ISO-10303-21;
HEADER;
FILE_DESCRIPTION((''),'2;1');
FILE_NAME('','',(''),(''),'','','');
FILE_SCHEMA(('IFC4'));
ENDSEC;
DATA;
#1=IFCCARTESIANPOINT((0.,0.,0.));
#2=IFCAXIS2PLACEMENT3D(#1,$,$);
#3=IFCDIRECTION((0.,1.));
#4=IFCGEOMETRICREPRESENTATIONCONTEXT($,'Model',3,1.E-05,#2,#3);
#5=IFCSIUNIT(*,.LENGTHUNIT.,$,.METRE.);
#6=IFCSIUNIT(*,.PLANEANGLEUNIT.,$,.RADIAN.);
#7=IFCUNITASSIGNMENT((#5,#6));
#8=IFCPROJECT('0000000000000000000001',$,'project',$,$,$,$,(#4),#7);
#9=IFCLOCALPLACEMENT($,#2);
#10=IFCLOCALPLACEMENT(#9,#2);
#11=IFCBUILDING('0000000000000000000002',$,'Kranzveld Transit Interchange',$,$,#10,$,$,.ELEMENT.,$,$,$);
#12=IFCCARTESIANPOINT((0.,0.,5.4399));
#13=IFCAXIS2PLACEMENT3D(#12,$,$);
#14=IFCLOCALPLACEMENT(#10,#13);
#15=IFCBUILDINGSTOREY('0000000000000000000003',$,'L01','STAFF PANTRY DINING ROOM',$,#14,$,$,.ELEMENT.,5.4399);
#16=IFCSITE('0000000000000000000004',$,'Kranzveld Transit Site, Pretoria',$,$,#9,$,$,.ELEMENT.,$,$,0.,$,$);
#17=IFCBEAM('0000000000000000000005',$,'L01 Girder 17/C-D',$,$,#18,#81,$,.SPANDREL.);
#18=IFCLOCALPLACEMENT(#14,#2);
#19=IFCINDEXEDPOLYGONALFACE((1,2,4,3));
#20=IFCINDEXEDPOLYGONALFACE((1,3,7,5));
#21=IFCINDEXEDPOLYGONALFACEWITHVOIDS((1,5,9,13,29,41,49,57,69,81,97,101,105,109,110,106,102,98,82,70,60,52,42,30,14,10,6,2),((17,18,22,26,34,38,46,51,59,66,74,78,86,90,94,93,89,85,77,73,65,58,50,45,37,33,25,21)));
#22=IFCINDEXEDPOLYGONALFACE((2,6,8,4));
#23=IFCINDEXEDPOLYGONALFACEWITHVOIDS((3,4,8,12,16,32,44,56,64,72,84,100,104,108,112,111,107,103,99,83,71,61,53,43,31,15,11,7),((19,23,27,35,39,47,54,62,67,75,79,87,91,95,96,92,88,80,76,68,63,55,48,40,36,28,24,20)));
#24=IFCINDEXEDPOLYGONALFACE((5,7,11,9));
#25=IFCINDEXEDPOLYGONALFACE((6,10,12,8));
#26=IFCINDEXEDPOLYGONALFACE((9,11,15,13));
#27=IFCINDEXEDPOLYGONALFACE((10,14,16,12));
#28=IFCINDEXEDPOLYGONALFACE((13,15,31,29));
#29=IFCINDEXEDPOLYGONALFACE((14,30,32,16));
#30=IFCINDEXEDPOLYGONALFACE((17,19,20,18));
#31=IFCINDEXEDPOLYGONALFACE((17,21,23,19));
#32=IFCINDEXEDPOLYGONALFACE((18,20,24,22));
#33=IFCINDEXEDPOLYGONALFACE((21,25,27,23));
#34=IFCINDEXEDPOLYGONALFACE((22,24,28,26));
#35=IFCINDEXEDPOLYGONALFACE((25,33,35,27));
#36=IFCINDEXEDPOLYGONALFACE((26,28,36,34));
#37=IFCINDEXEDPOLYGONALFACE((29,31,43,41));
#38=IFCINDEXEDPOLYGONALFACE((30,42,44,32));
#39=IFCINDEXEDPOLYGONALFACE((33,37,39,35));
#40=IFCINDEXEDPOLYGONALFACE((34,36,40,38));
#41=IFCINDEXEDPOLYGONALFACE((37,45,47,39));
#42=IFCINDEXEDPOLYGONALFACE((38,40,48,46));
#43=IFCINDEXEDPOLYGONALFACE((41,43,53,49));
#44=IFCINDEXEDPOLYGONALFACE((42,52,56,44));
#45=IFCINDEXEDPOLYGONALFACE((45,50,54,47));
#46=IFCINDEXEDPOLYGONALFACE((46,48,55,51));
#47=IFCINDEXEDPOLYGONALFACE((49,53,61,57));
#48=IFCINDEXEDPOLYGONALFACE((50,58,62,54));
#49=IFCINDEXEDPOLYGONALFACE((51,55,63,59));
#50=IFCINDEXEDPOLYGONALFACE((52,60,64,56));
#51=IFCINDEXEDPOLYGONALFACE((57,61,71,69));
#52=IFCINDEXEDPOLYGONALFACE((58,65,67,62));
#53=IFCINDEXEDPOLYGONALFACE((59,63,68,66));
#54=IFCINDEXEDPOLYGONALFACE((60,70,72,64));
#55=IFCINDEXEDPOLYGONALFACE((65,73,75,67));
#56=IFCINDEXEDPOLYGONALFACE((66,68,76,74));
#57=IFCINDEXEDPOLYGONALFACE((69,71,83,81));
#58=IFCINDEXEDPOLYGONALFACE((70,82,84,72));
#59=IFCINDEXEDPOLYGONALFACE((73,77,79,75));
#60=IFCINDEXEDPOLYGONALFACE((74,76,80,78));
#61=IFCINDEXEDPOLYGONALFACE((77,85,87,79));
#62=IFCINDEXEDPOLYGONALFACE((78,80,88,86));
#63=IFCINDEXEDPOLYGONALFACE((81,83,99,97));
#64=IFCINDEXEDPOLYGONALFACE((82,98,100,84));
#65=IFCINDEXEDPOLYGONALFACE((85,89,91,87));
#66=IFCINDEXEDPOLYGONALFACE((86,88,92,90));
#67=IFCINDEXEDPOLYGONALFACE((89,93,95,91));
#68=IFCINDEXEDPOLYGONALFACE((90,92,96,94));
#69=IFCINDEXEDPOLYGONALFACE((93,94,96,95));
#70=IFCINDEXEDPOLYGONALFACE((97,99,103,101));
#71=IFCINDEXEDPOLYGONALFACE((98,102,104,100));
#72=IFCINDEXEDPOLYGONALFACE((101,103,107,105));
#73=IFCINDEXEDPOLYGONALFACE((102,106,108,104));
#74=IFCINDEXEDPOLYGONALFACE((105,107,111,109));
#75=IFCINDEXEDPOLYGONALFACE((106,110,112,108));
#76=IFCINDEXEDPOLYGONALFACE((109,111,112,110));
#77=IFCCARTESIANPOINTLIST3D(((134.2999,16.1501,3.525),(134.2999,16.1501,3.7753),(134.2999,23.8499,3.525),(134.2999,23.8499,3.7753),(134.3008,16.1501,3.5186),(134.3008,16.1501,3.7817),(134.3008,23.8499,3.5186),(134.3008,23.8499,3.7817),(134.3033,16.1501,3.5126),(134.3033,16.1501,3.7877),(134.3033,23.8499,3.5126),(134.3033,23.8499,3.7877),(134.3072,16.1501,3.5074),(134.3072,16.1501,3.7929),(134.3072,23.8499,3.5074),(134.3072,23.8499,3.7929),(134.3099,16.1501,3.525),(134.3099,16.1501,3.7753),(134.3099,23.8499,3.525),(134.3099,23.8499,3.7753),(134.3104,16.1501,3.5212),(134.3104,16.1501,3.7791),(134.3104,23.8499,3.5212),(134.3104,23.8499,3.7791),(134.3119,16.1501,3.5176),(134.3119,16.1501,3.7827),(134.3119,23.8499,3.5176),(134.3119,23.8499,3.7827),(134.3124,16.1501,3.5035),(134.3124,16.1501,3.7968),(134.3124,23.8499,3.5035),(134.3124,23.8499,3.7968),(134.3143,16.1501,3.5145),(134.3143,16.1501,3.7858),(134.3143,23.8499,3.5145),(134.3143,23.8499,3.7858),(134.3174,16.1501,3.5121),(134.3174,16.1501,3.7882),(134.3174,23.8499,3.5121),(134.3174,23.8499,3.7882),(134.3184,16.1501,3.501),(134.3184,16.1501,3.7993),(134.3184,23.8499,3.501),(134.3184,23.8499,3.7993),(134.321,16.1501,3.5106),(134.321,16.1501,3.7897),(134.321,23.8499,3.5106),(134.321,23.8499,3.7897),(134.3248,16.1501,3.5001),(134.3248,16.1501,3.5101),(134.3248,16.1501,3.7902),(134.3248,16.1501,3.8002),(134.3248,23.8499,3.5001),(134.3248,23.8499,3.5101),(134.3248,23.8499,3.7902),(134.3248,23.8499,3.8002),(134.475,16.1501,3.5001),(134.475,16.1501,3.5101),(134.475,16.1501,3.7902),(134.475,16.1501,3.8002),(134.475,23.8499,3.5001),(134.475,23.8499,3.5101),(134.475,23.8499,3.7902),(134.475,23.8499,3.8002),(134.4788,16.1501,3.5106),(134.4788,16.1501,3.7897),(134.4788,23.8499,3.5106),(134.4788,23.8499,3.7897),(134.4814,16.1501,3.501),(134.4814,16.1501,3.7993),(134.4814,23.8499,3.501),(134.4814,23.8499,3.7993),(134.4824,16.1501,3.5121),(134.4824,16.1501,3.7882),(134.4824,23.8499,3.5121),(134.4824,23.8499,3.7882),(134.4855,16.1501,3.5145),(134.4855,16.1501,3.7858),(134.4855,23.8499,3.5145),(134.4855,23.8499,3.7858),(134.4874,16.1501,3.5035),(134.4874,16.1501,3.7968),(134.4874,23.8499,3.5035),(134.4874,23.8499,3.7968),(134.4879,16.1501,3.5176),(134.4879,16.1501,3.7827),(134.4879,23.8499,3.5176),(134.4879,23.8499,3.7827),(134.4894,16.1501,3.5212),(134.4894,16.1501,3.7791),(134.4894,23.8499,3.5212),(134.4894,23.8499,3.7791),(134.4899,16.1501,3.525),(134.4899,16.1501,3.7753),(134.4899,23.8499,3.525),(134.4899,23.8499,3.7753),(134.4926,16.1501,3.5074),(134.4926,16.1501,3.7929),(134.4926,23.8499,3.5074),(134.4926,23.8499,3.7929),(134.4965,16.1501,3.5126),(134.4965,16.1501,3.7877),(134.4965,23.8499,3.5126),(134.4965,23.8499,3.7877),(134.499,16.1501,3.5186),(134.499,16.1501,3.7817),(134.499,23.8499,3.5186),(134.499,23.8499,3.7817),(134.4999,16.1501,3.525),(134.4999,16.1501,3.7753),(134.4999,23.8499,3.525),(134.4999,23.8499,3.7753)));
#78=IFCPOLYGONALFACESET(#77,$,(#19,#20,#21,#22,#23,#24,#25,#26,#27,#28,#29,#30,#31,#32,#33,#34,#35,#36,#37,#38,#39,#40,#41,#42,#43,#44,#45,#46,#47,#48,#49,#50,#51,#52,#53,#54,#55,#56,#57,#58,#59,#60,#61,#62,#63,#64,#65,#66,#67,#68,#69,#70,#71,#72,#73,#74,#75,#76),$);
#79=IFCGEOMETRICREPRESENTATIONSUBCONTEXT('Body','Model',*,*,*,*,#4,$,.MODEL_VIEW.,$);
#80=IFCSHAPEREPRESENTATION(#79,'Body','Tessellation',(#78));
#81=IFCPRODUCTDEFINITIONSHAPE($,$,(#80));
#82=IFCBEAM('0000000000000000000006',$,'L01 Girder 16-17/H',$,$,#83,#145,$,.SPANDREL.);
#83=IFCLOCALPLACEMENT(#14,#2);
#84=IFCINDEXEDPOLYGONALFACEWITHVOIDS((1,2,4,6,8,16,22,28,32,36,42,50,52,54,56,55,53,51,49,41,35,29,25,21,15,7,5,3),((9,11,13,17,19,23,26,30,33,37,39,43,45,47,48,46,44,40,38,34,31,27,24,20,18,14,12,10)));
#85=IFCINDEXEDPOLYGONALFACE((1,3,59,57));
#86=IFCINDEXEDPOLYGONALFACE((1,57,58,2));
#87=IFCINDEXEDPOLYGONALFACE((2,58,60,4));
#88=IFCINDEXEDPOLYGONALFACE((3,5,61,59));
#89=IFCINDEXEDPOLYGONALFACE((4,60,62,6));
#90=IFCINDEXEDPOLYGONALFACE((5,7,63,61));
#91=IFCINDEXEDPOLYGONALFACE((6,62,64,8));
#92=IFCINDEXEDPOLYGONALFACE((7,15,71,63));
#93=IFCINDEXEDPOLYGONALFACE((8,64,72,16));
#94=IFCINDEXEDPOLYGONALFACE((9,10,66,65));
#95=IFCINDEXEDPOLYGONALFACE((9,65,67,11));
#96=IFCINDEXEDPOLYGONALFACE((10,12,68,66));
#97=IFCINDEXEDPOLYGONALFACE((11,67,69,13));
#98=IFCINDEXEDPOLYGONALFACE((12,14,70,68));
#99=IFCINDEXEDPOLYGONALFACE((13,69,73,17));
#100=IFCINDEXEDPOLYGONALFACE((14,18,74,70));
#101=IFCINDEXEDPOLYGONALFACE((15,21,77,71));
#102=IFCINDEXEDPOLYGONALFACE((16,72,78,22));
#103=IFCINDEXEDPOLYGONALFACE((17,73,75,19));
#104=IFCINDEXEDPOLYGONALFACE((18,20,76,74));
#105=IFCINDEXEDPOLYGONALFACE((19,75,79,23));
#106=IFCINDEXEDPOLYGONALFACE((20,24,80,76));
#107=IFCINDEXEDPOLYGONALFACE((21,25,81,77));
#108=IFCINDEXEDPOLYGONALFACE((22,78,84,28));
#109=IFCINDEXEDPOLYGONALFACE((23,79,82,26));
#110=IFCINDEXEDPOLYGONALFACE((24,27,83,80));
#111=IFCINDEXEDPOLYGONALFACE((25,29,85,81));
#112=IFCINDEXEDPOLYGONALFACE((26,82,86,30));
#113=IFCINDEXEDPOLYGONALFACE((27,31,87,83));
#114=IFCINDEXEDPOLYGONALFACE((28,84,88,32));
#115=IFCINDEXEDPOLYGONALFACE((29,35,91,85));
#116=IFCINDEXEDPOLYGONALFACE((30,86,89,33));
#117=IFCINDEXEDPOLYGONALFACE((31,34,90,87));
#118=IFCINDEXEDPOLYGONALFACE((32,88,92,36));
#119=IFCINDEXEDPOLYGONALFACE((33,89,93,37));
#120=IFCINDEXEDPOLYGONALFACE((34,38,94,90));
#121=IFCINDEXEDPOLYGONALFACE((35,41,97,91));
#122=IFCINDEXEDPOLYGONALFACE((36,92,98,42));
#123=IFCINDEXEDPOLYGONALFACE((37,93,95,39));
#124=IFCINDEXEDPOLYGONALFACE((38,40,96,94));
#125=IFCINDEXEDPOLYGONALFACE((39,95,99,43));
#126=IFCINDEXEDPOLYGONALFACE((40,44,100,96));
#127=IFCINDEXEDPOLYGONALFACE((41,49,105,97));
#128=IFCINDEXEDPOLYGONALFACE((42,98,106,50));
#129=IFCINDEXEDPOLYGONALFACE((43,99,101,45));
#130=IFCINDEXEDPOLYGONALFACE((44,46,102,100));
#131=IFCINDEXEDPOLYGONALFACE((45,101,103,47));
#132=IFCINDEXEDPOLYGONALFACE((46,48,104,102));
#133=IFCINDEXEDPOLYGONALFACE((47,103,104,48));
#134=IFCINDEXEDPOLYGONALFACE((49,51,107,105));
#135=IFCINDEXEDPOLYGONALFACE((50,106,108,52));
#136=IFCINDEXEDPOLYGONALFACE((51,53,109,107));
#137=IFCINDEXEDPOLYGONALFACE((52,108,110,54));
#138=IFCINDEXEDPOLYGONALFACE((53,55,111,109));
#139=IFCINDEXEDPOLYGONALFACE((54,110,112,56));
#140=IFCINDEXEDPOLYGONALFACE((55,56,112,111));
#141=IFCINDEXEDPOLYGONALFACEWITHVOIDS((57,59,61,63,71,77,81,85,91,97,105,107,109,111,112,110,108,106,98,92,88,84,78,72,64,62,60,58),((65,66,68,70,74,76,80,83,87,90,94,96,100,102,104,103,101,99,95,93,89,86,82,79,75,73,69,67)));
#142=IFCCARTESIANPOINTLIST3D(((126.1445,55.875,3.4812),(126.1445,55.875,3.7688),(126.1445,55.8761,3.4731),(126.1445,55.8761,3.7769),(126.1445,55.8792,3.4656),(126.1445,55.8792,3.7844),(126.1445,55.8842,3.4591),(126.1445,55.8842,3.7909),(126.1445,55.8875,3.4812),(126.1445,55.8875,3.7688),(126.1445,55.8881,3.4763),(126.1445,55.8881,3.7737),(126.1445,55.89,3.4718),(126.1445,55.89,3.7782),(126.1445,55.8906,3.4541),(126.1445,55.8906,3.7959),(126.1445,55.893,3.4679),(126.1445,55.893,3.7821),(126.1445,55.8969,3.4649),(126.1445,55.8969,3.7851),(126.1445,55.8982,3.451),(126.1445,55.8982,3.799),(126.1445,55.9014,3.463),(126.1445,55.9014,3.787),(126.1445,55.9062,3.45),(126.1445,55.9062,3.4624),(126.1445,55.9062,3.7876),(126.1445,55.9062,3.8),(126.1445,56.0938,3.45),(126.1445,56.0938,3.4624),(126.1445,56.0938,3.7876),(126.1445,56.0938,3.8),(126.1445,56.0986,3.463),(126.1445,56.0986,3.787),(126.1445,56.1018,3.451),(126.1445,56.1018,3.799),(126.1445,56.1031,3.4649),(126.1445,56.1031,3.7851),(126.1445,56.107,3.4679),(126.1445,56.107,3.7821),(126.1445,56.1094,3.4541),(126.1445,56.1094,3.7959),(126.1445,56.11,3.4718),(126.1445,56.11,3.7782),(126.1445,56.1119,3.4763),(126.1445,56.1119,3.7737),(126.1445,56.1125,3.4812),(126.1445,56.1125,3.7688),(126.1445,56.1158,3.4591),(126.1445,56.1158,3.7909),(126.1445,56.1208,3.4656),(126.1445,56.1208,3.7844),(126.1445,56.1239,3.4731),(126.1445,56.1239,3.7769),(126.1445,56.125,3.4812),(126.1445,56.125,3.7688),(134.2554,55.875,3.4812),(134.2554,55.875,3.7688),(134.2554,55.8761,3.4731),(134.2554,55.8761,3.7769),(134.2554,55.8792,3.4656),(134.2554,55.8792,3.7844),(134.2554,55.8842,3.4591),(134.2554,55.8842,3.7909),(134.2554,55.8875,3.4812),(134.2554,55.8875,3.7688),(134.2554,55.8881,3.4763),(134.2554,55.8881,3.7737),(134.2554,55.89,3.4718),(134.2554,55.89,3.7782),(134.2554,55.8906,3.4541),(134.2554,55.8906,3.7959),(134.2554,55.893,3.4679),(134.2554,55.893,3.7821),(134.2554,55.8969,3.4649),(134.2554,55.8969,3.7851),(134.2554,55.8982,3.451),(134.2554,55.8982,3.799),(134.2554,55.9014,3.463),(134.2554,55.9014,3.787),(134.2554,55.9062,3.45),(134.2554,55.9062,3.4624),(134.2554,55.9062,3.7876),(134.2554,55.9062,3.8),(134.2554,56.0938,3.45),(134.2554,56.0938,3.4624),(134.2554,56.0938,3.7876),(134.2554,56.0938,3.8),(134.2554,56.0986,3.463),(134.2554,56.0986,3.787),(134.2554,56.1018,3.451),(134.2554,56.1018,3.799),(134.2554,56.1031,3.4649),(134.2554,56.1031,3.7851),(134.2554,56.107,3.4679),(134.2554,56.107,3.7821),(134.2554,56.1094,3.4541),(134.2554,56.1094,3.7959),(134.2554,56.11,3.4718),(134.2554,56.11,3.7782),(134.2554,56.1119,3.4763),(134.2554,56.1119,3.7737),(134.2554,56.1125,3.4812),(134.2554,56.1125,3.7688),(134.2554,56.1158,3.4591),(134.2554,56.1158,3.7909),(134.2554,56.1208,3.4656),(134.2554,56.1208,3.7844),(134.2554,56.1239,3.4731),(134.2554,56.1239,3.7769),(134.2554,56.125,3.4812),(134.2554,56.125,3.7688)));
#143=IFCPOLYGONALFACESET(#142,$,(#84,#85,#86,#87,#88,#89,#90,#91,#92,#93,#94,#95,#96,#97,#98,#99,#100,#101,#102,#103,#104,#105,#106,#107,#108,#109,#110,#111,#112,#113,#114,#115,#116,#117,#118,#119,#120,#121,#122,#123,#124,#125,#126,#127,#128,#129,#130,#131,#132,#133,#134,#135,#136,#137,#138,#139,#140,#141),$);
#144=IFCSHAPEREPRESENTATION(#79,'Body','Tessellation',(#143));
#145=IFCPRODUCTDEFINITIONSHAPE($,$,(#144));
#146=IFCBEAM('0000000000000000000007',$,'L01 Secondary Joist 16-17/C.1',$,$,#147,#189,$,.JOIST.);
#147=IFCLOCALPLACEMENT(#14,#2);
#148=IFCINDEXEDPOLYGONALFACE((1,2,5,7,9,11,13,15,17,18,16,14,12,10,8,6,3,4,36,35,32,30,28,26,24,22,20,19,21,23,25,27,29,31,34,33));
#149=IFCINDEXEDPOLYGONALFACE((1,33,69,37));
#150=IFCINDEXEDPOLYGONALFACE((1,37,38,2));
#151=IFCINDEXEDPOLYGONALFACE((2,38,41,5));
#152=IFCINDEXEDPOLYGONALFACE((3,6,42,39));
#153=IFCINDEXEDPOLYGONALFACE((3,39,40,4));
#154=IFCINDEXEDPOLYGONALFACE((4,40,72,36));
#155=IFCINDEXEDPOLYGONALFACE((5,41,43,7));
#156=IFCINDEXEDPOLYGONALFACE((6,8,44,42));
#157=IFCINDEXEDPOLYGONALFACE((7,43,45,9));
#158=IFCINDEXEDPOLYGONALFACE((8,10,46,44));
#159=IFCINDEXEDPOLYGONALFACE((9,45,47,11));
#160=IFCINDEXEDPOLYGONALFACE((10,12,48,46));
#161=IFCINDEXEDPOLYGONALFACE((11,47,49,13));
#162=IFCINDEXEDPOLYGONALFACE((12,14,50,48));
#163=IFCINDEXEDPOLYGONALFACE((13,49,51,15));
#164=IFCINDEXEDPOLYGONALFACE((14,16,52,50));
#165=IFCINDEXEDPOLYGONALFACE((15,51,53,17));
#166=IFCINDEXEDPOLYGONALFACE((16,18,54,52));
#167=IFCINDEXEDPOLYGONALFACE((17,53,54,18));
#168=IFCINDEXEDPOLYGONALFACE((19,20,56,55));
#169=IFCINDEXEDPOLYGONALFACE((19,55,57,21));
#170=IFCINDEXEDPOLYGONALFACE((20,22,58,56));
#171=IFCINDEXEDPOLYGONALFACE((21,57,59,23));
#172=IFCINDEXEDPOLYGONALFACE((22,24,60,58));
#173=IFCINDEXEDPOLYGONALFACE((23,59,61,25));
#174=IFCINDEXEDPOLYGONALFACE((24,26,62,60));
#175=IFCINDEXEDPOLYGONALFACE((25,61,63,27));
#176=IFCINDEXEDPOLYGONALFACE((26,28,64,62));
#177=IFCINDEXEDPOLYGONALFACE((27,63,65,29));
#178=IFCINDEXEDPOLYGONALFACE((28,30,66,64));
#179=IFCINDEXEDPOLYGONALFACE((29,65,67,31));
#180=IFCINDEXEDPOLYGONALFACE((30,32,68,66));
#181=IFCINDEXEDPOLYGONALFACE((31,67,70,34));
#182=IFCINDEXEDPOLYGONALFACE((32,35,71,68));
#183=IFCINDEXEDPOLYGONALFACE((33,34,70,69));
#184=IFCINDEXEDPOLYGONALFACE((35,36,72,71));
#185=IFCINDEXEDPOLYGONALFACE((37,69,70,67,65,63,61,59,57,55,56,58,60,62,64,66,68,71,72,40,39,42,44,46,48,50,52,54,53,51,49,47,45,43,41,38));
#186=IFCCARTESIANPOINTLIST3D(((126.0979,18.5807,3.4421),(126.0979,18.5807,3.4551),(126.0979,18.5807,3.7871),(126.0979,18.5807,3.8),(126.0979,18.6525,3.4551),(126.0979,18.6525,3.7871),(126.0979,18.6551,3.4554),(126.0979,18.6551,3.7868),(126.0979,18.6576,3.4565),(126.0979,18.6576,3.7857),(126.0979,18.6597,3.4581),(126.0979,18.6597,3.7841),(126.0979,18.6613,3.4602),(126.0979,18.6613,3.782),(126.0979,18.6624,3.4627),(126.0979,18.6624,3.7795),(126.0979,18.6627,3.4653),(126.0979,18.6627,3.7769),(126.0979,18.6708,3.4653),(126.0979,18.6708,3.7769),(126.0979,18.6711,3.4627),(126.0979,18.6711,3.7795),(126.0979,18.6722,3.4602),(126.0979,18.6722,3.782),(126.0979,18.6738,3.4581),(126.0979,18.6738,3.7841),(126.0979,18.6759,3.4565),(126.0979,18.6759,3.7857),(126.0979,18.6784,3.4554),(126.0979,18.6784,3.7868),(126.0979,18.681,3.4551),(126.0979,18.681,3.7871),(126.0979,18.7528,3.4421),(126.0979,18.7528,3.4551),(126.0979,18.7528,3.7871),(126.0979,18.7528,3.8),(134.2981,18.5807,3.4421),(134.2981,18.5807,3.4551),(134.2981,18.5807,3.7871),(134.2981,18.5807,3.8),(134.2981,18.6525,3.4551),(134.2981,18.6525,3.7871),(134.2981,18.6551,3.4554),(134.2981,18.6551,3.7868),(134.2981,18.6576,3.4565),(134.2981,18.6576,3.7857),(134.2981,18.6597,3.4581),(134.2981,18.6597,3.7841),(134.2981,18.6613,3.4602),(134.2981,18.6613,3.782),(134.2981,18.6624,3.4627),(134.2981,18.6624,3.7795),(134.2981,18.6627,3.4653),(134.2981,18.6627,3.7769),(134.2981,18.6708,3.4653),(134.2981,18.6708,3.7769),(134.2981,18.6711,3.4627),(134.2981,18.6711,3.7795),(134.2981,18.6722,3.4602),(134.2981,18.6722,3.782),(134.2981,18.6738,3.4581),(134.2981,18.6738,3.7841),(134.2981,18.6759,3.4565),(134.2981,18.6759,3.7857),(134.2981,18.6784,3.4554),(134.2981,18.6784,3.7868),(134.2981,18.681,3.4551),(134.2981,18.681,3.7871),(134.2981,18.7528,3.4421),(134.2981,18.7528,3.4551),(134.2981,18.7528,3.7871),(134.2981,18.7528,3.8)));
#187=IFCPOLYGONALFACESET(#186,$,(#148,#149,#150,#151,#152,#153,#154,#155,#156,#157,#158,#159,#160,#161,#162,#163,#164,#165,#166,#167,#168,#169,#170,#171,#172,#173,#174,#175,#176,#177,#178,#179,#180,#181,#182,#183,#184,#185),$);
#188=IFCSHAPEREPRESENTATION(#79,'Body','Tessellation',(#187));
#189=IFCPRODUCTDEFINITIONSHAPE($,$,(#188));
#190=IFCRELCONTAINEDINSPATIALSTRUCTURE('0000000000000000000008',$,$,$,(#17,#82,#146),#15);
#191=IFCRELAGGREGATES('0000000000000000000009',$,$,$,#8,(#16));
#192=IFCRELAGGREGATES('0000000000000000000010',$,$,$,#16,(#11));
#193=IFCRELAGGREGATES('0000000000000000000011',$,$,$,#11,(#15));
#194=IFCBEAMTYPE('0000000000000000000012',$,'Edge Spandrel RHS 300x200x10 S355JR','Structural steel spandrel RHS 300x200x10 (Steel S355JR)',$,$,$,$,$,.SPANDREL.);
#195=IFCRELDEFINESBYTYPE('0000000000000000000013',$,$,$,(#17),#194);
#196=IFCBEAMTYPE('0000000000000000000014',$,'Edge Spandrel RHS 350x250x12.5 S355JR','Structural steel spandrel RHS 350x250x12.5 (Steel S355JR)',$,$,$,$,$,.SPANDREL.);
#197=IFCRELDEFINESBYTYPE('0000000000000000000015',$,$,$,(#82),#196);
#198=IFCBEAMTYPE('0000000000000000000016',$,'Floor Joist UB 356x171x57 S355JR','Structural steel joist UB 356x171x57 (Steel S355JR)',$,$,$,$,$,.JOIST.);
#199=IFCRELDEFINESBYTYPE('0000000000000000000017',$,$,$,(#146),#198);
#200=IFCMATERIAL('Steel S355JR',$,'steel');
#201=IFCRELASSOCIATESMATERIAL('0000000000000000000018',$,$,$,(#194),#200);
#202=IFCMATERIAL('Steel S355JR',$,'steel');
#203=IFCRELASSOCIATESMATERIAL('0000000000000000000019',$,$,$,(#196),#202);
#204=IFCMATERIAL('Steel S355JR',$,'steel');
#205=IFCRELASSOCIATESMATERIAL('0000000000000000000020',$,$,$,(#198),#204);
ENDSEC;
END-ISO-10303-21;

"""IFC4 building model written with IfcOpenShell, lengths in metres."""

from ifc_helpers import new_model, si_unit, direction, frame, origin, origin_2d, place, context, subcontext, project, spatial, hollow_rectangle, i_section, extrude, material, material_profile, profile_set, type_object, element, save


model = new_model("IFC4")

# Units and contexts
model_context = context("Model", 3, precision=1e-05, world=origin(), true_north=direction((0.0, 1.0)))
body_context = subcontext(model_context, "Body", "Model", "MODEL_VIEW")
ifc_project = project(units=[si_unit("LENGTHUNIT", "METRE"), si_unit("PLANEANGLEUNIT", "RADIAN")], contexts=[model_context])

# Site, building, storey
site_placement = place(None, origin())
site = spatial("IfcSite", under=ifc_project, at=site_placement, Name="Kranzveld Transit Site, Pretoria", CompositionType="ELEMENT", RefElevation=0.0)
building_placement = place(site_placement, origin())
building = spatial("IfcBuilding", under=site, at=building_placement, Name="Kranzveld Transit Interchange", CompositionType="ELEMENT")
storey_placement = place(building_placement, frame((0.0, 0.0, 5.4399)))
storey = spatial("IfcBuildingStorey", under=building, at=storey_placement, Name="L01", Description="STAFF PANTRY DINING ROOM", CompositionType="ELEMENT", Elevation=5.4399)

# Beams
ifc_material_1 = material(Name="Steel S355JR", Category="steel")
ifc_material_profile_1 = material_profile(ifc_material_1, hollow_rectangle(XDim=0.2, YDim=0.3, WallThickness=0.01, InnerFilletRadius=0.0149, OuterFilletRadius=0.0249, at=origin_2d()), Name="RHS 300x200x10")
ifc_profile_set_1 = profile_set([ifc_material_profile_1], Name="Steel S355JR")
beam_type_1 = type_object("IfcBeamType", Name="Edge Spandrel RHS 300x200x10 S355JR", Description="Structural steel spandrel RHS 300x200x10 (Steel S355JR)", PredefinedType="SPANDREL", material=ifc_profile_set_1)
beam_1_placement = place(storey_placement, frame((134.3999, 16.1501, 3.6501), z_axis=(0.0, 1.0, 0.0), x_axis=(-1.0, 0.0, 0.0)))
element("IfcBeam", 1, at=beam_1_placement, inside=storey, type_object=beam_type_1, Name="L01 Girder 17/C-D", PredefinedType="SPANDREL", context=body_context, shape_type="SweptSolid", body=[
    extrude(hollow_rectangle(XDim=0.2, YDim=0.3, WallThickness=0.01, InnerFilletRadius=0.0149, OuterFilletRadius=0.0249, at=origin_2d()), origin(), (0.0, 0.0, 1.0), 7.6997),
])
ifc_material_2 = material(Name="Steel S355JR", Category="steel")
ifc_material_profile_2 = material_profile(ifc_material_2, hollow_rectangle(XDim=0.25, YDim=0.3501, WallThickness=0.0125, InnerFilletRadius=0.0188, OuterFilletRadius=0.0312, at=origin_2d()), Name="RHS 350x250x12.5")
ifc_profile_set_2 = profile_set([ifc_material_profile_2], Name="Steel S355JR")
beam_type_2 = type_object("IfcBeamType", Name="Edge Spandrel RHS 350x250x12.5 S355JR", Description="Structural steel spandrel RHS 350x250x12.5 (Steel S355JR)", PredefinedType="SPANDREL", material=ifc_profile_set_2)
beam_2_placement = place(storey_placement, frame((126.1445, 56.0, 3.625), z_axis=(1.0, 0.0, 0.0), x_axis=(0.0, 1.0, 0.0)))
element("IfcBeam", 2, at=beam_2_placement, inside=storey, type_object=beam_type_2, Name="L01 Girder 16-17/H", PredefinedType="SPANDREL", context=body_context, shape_type="SweptSolid", body=[
    extrude(hollow_rectangle(XDim=0.25, YDim=0.3501, WallThickness=0.0125, InnerFilletRadius=0.0188, OuterFilletRadius=0.0312, at=origin_2d()), origin(), (0.0, 0.0, 1.0), 8.1108),
])
ifc_material_3 = material(Name="Steel S355JR", Category="steel")
ifc_material_profile_3 = material_profile(ifc_material_3, i_section(OverallWidth=0.1721, OverallDepth=0.3579, WebThickness=0.0081, FlangeThickness=0.0129, FilletRadius=0.0103, at=origin_2d()), Name="UB 356x171x57")
ifc_profile_set_3 = profile_set([ifc_material_profile_3], Name="Steel S355JR")
beam_type_3 = type_object("IfcBeamType", Name="Floor Joist UB 356x171x57 S355JR", Description="Structural steel joist UB 356x171x57 (Steel S355JR)", PredefinedType="JOIST", material=ifc_profile_set_3)
for number, where, z_axis, x_axis, name in (
    (3, (126.0979, 18.6667, 3.6211), (1.0, 0.0, 0.0), (0.0, 1.0, 0.0), "L01 Secondary Joist 16-17/C.1"),
):
    element("IfcBeam", number, at=place(storey_placement, frame(where, z_axis=z_axis, x_axis=x_axis)), inside=storey, type_object=beam_type_3, Name=name, PredefinedType="JOIST", context=body_context, shape_type="SweptSolid", body=[
        extrude(i_section(OverallWidth=0.1721, OverallDepth=0.3579, WebThickness=0.0081, FlangeThickness=0.0129, FilletRadius=0.0103, at=origin_2d()), origin(), (0.0, 0.0, 1.0), 8.2002),
    ])

save(model, "model.ifc")
